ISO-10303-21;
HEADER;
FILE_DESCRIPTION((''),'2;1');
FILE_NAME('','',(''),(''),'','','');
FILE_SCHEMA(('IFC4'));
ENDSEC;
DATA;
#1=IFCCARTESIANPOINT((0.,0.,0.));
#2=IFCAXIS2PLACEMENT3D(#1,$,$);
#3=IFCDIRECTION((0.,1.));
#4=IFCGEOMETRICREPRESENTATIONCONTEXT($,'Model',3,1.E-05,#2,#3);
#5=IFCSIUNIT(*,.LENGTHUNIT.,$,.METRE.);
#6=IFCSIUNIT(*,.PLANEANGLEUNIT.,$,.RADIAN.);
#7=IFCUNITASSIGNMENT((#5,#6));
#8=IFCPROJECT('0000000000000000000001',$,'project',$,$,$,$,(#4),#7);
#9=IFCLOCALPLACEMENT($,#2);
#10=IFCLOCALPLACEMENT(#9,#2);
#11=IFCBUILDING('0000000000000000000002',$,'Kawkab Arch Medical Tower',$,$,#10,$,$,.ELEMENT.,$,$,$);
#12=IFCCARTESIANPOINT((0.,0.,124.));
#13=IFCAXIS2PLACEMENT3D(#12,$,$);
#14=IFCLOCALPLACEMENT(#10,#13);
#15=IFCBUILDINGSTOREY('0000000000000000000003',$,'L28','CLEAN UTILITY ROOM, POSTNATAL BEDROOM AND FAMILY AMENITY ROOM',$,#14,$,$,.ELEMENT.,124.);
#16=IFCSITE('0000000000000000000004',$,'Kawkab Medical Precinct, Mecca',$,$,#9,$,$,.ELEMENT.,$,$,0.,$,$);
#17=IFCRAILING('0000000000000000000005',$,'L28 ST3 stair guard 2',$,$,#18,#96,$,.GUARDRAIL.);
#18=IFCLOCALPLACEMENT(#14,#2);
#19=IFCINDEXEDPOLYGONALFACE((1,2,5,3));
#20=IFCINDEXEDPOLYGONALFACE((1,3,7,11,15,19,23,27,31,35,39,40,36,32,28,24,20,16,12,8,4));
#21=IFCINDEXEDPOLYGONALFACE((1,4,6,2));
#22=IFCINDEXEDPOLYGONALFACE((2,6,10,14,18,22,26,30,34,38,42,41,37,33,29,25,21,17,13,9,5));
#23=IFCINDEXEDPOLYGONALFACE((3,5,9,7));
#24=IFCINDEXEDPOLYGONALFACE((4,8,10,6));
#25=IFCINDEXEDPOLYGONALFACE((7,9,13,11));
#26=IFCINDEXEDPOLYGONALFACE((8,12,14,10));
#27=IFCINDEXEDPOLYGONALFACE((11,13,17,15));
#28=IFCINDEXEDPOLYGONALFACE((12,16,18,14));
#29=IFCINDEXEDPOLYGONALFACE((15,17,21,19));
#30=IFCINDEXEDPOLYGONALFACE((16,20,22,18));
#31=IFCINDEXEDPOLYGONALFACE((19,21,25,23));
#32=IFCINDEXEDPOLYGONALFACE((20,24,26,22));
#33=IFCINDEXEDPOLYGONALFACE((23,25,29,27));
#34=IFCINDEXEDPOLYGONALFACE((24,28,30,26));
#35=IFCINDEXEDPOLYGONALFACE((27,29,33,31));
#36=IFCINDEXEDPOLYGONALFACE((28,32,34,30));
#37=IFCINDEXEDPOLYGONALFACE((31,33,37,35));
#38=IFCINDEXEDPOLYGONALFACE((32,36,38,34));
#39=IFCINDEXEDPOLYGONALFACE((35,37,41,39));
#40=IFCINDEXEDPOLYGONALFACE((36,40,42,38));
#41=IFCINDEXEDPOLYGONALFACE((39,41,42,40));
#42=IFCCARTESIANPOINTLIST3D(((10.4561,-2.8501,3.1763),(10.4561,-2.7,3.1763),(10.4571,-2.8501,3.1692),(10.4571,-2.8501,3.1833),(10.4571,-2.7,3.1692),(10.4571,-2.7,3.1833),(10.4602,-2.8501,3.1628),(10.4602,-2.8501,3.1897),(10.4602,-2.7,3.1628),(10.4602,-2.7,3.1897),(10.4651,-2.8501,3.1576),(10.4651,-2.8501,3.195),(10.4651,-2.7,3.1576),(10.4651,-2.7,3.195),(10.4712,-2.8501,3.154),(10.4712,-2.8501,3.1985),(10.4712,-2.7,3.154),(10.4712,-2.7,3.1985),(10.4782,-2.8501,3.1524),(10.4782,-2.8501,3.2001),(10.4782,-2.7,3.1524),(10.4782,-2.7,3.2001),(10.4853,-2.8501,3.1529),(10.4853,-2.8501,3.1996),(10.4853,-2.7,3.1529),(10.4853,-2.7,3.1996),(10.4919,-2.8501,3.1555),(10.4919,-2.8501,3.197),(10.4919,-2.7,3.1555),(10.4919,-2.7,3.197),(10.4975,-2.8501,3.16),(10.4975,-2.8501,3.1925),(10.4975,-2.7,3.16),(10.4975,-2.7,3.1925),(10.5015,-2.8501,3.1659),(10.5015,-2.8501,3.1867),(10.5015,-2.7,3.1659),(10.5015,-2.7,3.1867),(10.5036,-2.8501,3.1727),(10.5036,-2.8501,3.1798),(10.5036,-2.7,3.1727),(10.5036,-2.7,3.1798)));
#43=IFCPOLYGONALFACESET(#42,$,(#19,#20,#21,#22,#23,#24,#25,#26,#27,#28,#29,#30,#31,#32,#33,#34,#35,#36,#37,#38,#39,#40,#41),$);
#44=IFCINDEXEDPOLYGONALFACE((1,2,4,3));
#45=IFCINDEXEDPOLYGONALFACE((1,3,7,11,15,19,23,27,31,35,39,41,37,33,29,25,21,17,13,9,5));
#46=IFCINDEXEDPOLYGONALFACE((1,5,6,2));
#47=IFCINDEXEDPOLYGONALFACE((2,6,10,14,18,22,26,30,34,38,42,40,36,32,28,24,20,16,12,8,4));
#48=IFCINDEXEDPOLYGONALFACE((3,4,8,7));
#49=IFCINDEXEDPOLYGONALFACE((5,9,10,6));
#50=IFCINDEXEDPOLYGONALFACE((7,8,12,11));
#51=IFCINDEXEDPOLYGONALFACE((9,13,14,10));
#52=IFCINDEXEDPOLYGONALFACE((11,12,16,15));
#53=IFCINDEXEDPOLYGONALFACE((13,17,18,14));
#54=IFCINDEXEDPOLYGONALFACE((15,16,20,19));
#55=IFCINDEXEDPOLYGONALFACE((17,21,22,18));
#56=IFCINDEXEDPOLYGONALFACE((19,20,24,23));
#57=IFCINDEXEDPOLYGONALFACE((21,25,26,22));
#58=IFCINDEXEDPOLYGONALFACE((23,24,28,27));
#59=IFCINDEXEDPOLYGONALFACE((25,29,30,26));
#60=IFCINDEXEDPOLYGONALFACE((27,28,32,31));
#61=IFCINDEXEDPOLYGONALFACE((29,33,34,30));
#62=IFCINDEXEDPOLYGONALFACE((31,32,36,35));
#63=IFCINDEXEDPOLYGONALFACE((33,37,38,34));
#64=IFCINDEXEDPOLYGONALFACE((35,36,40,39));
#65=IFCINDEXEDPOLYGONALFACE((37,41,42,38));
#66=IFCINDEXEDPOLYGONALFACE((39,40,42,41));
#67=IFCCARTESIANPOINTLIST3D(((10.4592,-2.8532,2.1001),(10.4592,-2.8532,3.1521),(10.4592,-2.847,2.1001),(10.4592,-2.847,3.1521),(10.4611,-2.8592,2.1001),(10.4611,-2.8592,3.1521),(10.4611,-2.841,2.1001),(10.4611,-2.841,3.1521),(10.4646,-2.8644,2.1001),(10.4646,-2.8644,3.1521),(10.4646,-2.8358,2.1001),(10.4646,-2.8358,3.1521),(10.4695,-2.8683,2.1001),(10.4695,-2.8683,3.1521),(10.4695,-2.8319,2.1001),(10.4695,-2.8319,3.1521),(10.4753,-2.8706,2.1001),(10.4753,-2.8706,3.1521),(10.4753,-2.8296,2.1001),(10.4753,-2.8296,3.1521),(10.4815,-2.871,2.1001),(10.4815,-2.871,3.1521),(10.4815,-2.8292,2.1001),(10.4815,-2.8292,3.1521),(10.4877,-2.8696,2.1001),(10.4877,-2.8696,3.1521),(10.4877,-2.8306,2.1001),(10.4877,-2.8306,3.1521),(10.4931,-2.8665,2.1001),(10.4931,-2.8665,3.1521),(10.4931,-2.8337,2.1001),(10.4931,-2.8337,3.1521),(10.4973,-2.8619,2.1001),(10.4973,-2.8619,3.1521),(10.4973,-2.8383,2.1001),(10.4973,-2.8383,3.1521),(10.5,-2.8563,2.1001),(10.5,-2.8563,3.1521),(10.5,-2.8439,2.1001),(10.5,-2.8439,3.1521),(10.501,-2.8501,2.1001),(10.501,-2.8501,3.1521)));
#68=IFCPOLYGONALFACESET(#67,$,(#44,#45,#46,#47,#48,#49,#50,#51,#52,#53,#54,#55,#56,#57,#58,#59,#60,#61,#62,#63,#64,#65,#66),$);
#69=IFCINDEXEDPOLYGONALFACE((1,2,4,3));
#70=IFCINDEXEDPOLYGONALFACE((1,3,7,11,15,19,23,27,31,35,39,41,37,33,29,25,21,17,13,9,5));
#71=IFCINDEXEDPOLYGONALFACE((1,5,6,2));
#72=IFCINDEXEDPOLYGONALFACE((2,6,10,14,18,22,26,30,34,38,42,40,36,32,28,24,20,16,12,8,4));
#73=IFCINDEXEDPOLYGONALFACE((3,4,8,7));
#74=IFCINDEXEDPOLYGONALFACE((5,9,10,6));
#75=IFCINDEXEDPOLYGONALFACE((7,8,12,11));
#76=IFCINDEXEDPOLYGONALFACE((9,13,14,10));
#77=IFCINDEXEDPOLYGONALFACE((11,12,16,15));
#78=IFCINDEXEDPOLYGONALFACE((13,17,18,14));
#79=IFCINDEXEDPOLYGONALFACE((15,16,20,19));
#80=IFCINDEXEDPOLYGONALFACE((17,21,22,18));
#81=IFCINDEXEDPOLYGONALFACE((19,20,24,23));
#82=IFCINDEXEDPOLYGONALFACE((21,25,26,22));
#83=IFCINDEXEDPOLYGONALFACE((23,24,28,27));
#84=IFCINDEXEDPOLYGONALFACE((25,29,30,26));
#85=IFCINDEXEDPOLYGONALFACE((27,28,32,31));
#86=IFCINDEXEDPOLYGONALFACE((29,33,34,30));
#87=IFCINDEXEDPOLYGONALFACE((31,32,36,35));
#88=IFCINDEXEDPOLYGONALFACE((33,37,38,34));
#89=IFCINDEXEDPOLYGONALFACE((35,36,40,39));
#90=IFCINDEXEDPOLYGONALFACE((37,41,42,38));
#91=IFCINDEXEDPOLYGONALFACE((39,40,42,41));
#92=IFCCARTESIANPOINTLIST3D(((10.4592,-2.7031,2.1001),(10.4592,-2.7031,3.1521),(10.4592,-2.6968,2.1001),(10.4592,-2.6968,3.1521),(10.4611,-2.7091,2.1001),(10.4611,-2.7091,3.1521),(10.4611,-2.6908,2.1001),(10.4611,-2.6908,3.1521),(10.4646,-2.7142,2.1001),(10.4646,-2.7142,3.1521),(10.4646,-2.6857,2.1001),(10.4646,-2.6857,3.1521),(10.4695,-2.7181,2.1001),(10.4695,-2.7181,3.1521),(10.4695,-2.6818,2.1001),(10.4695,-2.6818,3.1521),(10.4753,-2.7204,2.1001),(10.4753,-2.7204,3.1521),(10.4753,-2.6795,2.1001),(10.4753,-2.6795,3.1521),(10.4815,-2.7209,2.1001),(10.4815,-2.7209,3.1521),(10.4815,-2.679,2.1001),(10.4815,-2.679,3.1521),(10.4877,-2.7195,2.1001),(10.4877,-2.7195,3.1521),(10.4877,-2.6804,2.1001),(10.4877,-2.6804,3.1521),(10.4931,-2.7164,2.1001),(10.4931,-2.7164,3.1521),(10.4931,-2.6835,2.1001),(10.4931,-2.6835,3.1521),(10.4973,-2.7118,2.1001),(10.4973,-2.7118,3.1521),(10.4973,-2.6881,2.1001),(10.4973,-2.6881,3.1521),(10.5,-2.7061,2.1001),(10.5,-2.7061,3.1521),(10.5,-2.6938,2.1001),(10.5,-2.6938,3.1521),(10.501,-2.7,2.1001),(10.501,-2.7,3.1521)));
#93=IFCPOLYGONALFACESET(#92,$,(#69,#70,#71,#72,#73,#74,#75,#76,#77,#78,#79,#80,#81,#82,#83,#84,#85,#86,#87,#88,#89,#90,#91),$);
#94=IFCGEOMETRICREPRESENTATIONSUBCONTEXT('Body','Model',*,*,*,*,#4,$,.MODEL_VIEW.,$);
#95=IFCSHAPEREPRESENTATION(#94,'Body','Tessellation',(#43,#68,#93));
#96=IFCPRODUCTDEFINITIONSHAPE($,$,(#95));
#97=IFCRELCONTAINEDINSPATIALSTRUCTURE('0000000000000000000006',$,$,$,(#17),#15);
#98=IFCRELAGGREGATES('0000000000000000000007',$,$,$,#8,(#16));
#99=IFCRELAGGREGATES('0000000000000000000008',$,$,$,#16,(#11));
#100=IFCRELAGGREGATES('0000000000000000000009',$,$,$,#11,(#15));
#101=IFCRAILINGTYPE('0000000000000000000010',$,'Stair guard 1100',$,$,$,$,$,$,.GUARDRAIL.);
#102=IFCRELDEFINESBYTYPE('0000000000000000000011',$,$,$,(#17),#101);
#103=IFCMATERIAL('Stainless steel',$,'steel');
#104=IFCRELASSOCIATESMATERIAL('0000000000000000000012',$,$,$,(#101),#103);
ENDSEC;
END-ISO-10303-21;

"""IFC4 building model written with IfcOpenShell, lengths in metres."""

from ifc_helpers import new_model, si_unit, direction, frame, origin, origin_2d, place, context, subcontext, project, spatial, circle, extrude, material, type_object, element, save


model = new_model("IFC4")

# Units and contexts
model_context = context("Model", 3, precision=1e-05, world=origin(), true_north=direction((0.0, 1.0)))
body_context = subcontext(model_context, "Body", "Model", "MODEL_VIEW")
ifc_project = project(units=[si_unit("LENGTHUNIT", "METRE"), si_unit("PLANEANGLEUNIT", "RADIAN")], contexts=[model_context])

# Site, building, storey
site_placement = place(None, origin())
site = spatial("IfcSite", under=ifc_project, at=site_placement, Name="Kawkab Medical Precinct, Mecca", CompositionType="ELEMENT", RefElevation=0.0)
building_placement = place(site_placement, origin())
building = spatial("IfcBuilding", under=site, at=building_placement, Name="Kawkab Arch Medical Tower", CompositionType="ELEMENT")
storey_placement = place(building_placement, frame((0.0, 0.0, 124.0)))
storey = spatial("IfcBuildingStorey", under=building, at=storey_placement, Name="L28", Description="CLEAN UTILITY ROOM, POSTNATAL BEDROOM AND FAMILY AMENITY ROOM", CompositionType="ELEMENT", Elevation=124.0)

# Railing
ifc_material_1 = material(Name="Stainless steel", Category="steel")
railing_type_1 = type_object("IfcRailingType", Name="Stair guard 1100", PredefinedType="GUARDRAIL", material=ifc_material_1)
railing_1_placement = place(storey_placement, frame((10.48, -2.8501, 2.1001)))
element("IfcRailing", 1, at=railing_1_placement, inside=storey, type_object=railing_type_1, Name="L28 ST3 stair guard 2", PredefinedType="GUARDRAIL", context=body_context, shape_type="SweptSolid", body=[
    extrude(circle(Radius=0.0239, at=origin_2d()), frame((0.0, 0.0, 1.0762), z_axis=(0.0, 1.0, 0.0), x_axis=(-1.0, 0.0, 0.0)), (0.0, 0.0, 1.0), 0.1501),
    extrude(circle(Radius=0.021, at=origin_2d()), origin(), (0.0, 0.0, 1.0), 1.052),
    extrude(circle(Radius=0.021, at=origin_2d()), frame((0.0, 0.1501, 0.0)), (0.0, 0.0, 1.0), 1.052),
])

save(model, "model.ifc")
